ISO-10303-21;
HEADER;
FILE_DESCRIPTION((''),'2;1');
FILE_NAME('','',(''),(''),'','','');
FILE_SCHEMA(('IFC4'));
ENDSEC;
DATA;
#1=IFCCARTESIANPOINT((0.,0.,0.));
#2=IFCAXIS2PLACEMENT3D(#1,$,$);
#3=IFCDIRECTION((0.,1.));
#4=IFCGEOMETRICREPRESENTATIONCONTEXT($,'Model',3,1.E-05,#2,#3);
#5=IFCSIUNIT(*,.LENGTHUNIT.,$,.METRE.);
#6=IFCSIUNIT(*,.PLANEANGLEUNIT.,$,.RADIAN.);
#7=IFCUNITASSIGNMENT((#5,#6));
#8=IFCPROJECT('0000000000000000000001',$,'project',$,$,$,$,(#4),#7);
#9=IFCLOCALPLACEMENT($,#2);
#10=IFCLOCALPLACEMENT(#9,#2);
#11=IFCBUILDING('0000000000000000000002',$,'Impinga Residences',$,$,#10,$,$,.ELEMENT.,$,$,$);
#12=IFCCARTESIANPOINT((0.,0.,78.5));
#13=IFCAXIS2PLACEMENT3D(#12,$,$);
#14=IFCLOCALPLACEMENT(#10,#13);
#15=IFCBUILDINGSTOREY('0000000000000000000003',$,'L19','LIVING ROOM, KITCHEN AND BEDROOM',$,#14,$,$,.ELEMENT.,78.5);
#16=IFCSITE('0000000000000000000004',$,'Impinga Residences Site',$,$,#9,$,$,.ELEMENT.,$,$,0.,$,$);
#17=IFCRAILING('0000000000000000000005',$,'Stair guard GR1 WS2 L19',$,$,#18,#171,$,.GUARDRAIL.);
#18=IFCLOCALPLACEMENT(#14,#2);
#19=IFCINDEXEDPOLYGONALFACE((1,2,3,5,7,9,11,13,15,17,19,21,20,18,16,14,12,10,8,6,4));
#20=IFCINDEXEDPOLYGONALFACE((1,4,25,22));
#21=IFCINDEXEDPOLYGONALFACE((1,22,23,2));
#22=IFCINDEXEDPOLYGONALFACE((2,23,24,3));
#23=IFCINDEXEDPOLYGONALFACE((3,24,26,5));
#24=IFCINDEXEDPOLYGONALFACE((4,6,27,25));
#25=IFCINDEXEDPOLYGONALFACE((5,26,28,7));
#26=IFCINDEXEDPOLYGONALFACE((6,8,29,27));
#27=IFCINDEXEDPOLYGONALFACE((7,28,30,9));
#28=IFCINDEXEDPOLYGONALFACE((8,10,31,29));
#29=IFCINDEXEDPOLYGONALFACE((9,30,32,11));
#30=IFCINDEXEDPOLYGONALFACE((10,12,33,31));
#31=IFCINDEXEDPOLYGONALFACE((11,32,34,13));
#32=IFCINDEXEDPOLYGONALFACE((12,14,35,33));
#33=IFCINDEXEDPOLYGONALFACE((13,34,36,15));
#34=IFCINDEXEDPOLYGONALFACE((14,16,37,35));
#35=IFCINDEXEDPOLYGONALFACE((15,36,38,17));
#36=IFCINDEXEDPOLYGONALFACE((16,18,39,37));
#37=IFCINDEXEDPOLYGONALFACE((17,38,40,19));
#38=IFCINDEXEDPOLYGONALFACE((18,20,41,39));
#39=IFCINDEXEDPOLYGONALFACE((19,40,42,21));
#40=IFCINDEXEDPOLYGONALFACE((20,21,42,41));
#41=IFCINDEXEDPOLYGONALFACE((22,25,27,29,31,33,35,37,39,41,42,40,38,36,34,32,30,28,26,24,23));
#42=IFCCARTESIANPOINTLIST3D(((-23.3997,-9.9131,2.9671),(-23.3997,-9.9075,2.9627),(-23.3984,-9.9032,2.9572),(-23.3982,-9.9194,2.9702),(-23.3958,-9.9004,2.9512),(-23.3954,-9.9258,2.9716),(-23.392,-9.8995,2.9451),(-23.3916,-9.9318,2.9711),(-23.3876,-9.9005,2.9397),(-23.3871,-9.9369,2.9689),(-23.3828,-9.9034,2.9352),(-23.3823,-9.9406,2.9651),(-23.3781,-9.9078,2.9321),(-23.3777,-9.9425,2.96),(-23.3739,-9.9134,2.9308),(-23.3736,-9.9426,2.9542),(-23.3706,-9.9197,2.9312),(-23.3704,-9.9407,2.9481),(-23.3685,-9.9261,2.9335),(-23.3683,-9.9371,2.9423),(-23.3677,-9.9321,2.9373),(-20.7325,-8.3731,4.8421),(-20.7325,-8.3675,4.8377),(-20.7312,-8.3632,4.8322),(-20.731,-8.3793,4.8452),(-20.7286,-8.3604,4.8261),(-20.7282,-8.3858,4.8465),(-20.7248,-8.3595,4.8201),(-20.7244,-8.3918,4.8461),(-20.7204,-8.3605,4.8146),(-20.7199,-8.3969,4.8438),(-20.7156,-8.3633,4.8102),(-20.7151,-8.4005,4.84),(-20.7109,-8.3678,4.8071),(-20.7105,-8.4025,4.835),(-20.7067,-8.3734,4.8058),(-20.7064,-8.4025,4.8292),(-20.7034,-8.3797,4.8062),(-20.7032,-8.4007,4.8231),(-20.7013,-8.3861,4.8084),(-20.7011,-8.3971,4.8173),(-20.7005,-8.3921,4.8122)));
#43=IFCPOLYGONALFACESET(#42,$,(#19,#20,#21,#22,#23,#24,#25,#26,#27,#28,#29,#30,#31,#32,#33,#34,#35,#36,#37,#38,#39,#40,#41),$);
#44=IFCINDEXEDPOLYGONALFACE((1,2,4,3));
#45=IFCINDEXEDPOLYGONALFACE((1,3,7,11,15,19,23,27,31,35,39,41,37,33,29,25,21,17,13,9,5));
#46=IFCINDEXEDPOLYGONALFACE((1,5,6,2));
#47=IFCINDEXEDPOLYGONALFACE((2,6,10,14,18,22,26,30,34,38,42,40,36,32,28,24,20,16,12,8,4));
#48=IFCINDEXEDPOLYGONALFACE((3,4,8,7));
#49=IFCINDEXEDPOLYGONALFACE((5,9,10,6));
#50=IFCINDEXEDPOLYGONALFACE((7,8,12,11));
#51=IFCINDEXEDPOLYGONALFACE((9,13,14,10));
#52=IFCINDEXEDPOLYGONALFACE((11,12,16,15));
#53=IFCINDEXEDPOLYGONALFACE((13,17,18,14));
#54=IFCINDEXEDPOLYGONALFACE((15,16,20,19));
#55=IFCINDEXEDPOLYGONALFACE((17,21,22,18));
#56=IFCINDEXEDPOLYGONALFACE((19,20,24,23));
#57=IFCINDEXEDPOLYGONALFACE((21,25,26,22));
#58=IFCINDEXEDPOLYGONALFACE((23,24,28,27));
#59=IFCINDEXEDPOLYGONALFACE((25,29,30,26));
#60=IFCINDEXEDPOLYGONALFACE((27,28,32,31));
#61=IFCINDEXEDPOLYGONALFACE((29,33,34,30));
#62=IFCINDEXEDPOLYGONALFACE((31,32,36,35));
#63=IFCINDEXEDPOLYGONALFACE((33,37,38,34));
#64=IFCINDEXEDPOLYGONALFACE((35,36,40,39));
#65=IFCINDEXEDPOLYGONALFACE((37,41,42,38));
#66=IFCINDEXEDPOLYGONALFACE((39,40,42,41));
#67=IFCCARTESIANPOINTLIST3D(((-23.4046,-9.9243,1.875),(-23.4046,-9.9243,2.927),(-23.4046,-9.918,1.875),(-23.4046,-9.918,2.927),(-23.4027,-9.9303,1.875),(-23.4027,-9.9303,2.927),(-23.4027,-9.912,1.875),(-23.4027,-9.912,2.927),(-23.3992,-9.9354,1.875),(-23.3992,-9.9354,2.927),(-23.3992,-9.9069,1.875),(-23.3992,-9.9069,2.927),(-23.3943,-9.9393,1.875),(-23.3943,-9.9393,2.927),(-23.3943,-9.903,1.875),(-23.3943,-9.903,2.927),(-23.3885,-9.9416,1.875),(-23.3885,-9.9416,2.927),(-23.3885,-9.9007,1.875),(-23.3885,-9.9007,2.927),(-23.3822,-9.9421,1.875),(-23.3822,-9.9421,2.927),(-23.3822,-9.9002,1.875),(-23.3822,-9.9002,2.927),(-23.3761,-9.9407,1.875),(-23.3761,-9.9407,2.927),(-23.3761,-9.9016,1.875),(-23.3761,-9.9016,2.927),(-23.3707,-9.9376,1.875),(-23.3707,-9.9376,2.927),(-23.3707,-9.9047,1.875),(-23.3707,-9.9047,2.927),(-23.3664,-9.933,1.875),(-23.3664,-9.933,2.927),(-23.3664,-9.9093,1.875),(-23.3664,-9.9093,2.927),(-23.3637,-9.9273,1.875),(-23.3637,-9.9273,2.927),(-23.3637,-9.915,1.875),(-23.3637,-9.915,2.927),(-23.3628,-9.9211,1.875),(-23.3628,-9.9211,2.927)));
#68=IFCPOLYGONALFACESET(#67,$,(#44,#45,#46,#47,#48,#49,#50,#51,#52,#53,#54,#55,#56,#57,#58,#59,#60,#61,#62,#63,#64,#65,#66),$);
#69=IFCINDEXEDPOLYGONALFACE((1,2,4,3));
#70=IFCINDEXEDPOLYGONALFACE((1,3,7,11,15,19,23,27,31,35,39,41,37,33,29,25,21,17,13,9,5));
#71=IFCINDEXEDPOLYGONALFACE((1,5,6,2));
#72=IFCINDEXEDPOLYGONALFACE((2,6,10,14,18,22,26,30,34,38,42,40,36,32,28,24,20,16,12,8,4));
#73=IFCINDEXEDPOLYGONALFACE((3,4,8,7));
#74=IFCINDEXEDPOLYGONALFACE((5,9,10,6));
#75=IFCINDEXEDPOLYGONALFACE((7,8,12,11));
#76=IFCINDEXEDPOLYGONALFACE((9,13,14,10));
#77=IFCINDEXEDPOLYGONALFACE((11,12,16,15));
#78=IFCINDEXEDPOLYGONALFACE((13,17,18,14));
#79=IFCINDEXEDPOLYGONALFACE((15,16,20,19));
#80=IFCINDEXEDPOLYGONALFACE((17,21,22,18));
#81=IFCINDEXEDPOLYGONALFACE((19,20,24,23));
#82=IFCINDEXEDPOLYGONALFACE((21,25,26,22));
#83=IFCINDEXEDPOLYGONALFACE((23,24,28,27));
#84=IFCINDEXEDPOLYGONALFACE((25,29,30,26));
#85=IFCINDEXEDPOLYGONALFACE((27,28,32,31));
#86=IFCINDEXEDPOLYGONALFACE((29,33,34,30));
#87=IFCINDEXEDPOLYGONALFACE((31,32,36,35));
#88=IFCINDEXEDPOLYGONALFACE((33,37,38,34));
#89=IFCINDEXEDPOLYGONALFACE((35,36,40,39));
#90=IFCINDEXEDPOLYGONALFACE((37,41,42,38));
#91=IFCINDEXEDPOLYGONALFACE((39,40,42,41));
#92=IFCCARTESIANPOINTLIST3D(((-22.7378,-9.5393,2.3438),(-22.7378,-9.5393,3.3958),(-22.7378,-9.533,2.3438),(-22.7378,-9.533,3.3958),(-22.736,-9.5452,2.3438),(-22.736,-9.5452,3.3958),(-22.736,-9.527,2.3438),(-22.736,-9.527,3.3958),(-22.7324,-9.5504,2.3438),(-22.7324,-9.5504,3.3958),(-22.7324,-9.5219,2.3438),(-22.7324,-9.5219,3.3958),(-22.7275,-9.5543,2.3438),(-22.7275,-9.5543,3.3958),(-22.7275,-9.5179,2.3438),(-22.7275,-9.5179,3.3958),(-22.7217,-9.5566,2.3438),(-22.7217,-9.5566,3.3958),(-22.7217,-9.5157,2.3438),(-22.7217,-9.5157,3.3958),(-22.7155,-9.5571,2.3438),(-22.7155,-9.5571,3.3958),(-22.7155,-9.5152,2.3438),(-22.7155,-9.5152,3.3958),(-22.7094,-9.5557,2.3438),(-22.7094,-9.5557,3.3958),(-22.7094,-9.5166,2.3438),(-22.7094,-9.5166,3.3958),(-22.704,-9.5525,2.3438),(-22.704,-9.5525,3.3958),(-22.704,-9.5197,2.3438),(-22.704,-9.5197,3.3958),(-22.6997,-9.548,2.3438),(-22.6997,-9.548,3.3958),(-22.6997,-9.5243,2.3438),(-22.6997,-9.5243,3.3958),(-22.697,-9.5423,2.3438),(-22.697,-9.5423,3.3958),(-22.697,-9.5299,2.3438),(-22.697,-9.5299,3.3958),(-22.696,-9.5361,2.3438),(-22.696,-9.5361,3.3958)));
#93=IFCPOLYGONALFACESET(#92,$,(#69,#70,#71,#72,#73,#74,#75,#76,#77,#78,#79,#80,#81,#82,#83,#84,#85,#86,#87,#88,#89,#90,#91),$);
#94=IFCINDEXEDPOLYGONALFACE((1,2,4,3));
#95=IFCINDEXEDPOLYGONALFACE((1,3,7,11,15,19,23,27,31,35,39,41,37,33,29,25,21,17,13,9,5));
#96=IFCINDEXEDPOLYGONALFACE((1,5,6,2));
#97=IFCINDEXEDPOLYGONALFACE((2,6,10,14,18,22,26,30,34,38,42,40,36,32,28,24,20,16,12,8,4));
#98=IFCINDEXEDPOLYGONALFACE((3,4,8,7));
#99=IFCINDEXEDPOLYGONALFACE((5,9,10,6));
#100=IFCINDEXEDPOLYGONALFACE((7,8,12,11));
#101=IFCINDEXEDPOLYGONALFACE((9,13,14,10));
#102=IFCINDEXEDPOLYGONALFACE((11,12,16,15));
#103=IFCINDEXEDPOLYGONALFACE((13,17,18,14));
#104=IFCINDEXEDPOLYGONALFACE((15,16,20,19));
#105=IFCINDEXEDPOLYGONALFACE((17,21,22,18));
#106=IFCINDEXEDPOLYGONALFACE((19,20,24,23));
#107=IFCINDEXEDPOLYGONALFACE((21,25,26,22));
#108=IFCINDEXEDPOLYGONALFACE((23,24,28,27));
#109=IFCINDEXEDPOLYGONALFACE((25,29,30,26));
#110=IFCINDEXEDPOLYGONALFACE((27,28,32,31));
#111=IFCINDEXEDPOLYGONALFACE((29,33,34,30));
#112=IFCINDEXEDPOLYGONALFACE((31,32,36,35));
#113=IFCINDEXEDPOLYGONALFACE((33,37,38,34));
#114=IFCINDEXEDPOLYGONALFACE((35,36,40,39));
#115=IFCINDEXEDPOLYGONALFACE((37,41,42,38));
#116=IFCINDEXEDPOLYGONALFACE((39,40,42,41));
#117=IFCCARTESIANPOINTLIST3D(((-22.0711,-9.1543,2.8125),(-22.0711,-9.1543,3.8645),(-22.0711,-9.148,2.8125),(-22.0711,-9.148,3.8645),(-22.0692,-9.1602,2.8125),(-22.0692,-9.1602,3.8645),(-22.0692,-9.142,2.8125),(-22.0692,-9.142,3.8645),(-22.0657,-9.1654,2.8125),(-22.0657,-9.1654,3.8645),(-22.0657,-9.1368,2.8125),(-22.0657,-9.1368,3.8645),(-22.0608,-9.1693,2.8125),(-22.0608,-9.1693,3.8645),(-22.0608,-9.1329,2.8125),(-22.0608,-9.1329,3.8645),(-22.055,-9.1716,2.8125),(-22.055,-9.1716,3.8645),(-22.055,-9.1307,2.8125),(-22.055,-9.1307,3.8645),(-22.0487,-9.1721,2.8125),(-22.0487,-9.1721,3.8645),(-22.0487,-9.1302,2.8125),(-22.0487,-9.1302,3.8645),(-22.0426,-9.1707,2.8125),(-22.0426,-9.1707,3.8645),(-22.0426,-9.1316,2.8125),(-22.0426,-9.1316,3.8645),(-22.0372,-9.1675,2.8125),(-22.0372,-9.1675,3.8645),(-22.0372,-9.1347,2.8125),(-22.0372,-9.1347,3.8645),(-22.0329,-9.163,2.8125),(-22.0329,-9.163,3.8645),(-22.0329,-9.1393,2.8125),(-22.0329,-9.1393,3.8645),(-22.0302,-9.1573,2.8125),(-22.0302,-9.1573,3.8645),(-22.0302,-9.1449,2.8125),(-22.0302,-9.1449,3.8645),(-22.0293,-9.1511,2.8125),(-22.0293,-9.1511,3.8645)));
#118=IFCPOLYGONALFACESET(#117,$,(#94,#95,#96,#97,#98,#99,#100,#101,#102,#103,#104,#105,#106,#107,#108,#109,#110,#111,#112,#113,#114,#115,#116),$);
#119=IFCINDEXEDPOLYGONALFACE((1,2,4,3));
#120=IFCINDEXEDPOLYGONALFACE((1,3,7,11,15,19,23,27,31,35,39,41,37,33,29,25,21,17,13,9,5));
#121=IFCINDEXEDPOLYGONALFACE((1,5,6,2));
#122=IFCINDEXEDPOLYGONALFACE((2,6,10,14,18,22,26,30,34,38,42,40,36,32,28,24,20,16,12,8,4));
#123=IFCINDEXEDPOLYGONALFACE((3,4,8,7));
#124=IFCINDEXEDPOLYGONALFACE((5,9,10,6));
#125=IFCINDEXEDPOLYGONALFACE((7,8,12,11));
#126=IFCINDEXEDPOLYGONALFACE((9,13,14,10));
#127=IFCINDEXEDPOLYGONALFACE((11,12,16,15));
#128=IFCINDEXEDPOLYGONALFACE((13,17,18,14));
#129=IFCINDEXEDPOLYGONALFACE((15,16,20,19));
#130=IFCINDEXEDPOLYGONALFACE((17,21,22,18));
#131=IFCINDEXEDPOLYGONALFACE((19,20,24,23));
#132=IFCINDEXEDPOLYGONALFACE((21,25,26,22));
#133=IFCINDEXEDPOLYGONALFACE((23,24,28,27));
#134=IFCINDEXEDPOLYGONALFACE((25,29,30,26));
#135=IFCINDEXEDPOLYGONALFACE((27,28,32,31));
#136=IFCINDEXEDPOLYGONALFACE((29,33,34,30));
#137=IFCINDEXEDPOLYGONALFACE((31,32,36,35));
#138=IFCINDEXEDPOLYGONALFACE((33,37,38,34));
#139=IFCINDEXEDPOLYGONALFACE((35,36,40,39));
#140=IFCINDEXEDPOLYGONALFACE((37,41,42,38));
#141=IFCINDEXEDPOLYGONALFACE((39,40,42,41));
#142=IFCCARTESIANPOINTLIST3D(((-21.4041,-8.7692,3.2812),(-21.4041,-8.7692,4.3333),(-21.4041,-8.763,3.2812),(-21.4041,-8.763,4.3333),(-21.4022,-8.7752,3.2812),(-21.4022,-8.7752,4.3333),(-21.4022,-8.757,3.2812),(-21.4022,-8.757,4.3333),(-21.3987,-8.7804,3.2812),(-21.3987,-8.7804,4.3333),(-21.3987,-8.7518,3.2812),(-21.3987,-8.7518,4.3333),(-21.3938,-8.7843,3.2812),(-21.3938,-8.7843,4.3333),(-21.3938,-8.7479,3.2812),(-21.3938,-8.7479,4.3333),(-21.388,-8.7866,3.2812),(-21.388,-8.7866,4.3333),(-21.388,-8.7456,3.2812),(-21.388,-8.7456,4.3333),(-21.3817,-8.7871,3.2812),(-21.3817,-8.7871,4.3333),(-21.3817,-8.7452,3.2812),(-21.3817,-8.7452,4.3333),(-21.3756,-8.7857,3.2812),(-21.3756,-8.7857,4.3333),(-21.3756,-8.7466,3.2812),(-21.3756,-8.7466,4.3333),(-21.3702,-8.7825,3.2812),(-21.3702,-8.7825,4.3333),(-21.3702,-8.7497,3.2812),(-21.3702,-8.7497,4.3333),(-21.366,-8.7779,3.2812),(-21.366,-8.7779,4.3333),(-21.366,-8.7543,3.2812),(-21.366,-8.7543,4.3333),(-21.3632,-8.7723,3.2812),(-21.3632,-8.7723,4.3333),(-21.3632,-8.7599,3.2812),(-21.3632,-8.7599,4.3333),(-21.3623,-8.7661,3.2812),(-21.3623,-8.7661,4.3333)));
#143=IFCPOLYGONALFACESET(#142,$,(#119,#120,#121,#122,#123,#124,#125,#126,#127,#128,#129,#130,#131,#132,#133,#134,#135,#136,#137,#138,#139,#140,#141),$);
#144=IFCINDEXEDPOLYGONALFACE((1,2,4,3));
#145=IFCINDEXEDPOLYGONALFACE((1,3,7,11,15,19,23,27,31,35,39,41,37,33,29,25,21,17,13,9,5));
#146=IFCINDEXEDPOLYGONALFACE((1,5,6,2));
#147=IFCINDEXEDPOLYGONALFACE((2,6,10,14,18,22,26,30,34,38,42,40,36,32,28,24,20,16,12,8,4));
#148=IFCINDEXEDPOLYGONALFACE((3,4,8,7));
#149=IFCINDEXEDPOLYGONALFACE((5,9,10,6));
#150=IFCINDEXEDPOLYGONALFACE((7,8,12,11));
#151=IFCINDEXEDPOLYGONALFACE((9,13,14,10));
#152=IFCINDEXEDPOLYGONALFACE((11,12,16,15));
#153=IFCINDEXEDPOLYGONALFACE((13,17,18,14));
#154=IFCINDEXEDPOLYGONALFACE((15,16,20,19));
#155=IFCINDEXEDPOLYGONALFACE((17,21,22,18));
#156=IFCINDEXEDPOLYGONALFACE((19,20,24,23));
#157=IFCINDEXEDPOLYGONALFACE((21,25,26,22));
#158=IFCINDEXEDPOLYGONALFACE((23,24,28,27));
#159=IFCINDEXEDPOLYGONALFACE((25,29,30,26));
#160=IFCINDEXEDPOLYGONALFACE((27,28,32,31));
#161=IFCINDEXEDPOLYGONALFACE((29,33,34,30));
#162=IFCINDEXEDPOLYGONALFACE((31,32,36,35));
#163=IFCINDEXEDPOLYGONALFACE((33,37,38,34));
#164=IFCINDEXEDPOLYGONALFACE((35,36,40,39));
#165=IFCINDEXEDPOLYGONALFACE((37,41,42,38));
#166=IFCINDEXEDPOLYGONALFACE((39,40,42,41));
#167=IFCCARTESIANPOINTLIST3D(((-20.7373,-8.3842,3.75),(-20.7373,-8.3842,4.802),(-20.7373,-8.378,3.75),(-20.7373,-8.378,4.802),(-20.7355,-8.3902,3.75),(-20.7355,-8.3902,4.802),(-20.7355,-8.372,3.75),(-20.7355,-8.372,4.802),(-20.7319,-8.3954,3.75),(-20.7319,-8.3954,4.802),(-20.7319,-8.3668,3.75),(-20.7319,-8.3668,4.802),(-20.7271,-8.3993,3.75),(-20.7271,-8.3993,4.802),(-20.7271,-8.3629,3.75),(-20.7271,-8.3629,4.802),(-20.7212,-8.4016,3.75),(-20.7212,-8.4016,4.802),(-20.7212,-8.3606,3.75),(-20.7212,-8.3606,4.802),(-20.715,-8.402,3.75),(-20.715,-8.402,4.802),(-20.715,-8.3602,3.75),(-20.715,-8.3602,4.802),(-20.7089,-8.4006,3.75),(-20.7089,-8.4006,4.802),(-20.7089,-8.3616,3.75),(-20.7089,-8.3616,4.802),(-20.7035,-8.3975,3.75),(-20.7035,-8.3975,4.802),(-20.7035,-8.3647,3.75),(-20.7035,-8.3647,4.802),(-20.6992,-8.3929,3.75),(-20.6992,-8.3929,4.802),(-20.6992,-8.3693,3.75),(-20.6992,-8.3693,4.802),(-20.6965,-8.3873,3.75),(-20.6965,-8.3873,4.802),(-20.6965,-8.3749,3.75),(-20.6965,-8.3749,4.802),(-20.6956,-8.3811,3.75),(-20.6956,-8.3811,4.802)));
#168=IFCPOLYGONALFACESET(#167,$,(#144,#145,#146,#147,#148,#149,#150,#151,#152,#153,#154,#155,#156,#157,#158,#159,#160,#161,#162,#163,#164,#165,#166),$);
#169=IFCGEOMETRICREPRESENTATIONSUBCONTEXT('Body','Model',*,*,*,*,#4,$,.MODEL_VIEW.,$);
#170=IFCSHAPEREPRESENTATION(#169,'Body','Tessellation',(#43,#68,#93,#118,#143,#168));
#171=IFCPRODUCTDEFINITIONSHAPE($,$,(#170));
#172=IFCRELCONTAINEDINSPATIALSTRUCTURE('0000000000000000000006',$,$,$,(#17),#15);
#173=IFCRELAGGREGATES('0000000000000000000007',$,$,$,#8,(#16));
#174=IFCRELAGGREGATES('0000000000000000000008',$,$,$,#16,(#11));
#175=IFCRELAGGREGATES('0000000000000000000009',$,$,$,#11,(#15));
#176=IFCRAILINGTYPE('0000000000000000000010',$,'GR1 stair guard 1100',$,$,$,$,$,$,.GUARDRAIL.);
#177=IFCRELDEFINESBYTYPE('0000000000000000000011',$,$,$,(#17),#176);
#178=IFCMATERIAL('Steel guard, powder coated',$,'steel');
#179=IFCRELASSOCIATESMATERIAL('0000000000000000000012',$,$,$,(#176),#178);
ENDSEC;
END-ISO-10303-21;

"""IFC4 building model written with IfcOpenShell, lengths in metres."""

from ifc_helpers import new_model, si_unit, direction, frame, origin, origin_2d, place, context, subcontext, project, spatial, circle, extrude, material, type_object, element, save


model = new_model("IFC4")

# Units and contexts
model_context = context("Model", 3, precision=1e-05, world=origin(), true_north=direction((0.0, 1.0)))
body_context = subcontext(model_context, "Body", "Model", "MODEL_VIEW")
ifc_project = project(units=[si_unit("LENGTHUNIT", "METRE"), si_unit("PLANEANGLEUNIT", "RADIAN")], contexts=[model_context])

# Site, building, storey
site_placement = place(None, origin())
site = spatial("IfcSite", under=ifc_project, at=site_placement, Name="Impinga Residences Site", CompositionType="ELEMENT", RefElevation=0.0)
building_placement = place(site_placement, origin())
building = spatial("IfcBuilding", under=site, at=building_placement, Name="Impinga Residences", CompositionType="ELEMENT")
storey_placement = place(building_placement, frame((0.0, 0.0, 78.5)))
storey = spatial("IfcBuildingStorey", under=building, at=storey_placement, Name="L19", Description="LIVING ROOM, KITCHEN AND BEDROOM", CompositionType="ELEMENT", Elevation=78.5)

# Railing
ifc_material_1 = material(Name="Steel guard, powder coated", Category="steel")
railing_type_1 = type_object("IfcRailingType", Name="GR1 stair guard 1100", PredefinedType="GUARDRAIL", material=ifc_material_1)
railing_1_placement = place(storey_placement, frame((-23.3838, -9.9211, 1.875)))
element("IfcRailing", 1, at=railing_1_placement, inside=storey, type_object=railing_type_1, Name="Stair guard GR1 WS2 L19", PredefinedType="GUARDRAIL", context=body_context, shape_type="SweptSolid", body=[
    extrude(circle(Radius=0.0239, at=origin_2d()), frame((0.0, 0.0, 1.0762), z_axis=(0.739716, 0.427105, 0.520002), x_axis=(-0.500027, 0.86601, 0.0)), (0.0, 0.0, 1.0), 3.6057),
    extrude(circle(Radius=0.021, at=origin_2d()), origin(), (0.0, 0.0, 1.0), 1.052),
    extrude(circle(Radius=0.021, at=origin_2d()), frame((0.6667, 0.385, 0.4688)), (0.0, 0.0, 1.0), 1.052),
    extrude(circle(Radius=0.021, at=origin_2d()), frame((1.3335, 0.77, 0.9375)), (0.0, 0.0, 1.0), 1.052),
    extrude(circle(Radius=0.021, at=origin_2d()), frame((2.0005, 1.155, 1.4062)), (0.0, 0.0, 1.0), 1.052),
    extrude(circle(Radius=0.021, at=origin_2d()), frame((2.6672, 1.54, 1.875)), (0.0, 0.0, 1.0), 1.052),
])

save(model, "model.ifc")
